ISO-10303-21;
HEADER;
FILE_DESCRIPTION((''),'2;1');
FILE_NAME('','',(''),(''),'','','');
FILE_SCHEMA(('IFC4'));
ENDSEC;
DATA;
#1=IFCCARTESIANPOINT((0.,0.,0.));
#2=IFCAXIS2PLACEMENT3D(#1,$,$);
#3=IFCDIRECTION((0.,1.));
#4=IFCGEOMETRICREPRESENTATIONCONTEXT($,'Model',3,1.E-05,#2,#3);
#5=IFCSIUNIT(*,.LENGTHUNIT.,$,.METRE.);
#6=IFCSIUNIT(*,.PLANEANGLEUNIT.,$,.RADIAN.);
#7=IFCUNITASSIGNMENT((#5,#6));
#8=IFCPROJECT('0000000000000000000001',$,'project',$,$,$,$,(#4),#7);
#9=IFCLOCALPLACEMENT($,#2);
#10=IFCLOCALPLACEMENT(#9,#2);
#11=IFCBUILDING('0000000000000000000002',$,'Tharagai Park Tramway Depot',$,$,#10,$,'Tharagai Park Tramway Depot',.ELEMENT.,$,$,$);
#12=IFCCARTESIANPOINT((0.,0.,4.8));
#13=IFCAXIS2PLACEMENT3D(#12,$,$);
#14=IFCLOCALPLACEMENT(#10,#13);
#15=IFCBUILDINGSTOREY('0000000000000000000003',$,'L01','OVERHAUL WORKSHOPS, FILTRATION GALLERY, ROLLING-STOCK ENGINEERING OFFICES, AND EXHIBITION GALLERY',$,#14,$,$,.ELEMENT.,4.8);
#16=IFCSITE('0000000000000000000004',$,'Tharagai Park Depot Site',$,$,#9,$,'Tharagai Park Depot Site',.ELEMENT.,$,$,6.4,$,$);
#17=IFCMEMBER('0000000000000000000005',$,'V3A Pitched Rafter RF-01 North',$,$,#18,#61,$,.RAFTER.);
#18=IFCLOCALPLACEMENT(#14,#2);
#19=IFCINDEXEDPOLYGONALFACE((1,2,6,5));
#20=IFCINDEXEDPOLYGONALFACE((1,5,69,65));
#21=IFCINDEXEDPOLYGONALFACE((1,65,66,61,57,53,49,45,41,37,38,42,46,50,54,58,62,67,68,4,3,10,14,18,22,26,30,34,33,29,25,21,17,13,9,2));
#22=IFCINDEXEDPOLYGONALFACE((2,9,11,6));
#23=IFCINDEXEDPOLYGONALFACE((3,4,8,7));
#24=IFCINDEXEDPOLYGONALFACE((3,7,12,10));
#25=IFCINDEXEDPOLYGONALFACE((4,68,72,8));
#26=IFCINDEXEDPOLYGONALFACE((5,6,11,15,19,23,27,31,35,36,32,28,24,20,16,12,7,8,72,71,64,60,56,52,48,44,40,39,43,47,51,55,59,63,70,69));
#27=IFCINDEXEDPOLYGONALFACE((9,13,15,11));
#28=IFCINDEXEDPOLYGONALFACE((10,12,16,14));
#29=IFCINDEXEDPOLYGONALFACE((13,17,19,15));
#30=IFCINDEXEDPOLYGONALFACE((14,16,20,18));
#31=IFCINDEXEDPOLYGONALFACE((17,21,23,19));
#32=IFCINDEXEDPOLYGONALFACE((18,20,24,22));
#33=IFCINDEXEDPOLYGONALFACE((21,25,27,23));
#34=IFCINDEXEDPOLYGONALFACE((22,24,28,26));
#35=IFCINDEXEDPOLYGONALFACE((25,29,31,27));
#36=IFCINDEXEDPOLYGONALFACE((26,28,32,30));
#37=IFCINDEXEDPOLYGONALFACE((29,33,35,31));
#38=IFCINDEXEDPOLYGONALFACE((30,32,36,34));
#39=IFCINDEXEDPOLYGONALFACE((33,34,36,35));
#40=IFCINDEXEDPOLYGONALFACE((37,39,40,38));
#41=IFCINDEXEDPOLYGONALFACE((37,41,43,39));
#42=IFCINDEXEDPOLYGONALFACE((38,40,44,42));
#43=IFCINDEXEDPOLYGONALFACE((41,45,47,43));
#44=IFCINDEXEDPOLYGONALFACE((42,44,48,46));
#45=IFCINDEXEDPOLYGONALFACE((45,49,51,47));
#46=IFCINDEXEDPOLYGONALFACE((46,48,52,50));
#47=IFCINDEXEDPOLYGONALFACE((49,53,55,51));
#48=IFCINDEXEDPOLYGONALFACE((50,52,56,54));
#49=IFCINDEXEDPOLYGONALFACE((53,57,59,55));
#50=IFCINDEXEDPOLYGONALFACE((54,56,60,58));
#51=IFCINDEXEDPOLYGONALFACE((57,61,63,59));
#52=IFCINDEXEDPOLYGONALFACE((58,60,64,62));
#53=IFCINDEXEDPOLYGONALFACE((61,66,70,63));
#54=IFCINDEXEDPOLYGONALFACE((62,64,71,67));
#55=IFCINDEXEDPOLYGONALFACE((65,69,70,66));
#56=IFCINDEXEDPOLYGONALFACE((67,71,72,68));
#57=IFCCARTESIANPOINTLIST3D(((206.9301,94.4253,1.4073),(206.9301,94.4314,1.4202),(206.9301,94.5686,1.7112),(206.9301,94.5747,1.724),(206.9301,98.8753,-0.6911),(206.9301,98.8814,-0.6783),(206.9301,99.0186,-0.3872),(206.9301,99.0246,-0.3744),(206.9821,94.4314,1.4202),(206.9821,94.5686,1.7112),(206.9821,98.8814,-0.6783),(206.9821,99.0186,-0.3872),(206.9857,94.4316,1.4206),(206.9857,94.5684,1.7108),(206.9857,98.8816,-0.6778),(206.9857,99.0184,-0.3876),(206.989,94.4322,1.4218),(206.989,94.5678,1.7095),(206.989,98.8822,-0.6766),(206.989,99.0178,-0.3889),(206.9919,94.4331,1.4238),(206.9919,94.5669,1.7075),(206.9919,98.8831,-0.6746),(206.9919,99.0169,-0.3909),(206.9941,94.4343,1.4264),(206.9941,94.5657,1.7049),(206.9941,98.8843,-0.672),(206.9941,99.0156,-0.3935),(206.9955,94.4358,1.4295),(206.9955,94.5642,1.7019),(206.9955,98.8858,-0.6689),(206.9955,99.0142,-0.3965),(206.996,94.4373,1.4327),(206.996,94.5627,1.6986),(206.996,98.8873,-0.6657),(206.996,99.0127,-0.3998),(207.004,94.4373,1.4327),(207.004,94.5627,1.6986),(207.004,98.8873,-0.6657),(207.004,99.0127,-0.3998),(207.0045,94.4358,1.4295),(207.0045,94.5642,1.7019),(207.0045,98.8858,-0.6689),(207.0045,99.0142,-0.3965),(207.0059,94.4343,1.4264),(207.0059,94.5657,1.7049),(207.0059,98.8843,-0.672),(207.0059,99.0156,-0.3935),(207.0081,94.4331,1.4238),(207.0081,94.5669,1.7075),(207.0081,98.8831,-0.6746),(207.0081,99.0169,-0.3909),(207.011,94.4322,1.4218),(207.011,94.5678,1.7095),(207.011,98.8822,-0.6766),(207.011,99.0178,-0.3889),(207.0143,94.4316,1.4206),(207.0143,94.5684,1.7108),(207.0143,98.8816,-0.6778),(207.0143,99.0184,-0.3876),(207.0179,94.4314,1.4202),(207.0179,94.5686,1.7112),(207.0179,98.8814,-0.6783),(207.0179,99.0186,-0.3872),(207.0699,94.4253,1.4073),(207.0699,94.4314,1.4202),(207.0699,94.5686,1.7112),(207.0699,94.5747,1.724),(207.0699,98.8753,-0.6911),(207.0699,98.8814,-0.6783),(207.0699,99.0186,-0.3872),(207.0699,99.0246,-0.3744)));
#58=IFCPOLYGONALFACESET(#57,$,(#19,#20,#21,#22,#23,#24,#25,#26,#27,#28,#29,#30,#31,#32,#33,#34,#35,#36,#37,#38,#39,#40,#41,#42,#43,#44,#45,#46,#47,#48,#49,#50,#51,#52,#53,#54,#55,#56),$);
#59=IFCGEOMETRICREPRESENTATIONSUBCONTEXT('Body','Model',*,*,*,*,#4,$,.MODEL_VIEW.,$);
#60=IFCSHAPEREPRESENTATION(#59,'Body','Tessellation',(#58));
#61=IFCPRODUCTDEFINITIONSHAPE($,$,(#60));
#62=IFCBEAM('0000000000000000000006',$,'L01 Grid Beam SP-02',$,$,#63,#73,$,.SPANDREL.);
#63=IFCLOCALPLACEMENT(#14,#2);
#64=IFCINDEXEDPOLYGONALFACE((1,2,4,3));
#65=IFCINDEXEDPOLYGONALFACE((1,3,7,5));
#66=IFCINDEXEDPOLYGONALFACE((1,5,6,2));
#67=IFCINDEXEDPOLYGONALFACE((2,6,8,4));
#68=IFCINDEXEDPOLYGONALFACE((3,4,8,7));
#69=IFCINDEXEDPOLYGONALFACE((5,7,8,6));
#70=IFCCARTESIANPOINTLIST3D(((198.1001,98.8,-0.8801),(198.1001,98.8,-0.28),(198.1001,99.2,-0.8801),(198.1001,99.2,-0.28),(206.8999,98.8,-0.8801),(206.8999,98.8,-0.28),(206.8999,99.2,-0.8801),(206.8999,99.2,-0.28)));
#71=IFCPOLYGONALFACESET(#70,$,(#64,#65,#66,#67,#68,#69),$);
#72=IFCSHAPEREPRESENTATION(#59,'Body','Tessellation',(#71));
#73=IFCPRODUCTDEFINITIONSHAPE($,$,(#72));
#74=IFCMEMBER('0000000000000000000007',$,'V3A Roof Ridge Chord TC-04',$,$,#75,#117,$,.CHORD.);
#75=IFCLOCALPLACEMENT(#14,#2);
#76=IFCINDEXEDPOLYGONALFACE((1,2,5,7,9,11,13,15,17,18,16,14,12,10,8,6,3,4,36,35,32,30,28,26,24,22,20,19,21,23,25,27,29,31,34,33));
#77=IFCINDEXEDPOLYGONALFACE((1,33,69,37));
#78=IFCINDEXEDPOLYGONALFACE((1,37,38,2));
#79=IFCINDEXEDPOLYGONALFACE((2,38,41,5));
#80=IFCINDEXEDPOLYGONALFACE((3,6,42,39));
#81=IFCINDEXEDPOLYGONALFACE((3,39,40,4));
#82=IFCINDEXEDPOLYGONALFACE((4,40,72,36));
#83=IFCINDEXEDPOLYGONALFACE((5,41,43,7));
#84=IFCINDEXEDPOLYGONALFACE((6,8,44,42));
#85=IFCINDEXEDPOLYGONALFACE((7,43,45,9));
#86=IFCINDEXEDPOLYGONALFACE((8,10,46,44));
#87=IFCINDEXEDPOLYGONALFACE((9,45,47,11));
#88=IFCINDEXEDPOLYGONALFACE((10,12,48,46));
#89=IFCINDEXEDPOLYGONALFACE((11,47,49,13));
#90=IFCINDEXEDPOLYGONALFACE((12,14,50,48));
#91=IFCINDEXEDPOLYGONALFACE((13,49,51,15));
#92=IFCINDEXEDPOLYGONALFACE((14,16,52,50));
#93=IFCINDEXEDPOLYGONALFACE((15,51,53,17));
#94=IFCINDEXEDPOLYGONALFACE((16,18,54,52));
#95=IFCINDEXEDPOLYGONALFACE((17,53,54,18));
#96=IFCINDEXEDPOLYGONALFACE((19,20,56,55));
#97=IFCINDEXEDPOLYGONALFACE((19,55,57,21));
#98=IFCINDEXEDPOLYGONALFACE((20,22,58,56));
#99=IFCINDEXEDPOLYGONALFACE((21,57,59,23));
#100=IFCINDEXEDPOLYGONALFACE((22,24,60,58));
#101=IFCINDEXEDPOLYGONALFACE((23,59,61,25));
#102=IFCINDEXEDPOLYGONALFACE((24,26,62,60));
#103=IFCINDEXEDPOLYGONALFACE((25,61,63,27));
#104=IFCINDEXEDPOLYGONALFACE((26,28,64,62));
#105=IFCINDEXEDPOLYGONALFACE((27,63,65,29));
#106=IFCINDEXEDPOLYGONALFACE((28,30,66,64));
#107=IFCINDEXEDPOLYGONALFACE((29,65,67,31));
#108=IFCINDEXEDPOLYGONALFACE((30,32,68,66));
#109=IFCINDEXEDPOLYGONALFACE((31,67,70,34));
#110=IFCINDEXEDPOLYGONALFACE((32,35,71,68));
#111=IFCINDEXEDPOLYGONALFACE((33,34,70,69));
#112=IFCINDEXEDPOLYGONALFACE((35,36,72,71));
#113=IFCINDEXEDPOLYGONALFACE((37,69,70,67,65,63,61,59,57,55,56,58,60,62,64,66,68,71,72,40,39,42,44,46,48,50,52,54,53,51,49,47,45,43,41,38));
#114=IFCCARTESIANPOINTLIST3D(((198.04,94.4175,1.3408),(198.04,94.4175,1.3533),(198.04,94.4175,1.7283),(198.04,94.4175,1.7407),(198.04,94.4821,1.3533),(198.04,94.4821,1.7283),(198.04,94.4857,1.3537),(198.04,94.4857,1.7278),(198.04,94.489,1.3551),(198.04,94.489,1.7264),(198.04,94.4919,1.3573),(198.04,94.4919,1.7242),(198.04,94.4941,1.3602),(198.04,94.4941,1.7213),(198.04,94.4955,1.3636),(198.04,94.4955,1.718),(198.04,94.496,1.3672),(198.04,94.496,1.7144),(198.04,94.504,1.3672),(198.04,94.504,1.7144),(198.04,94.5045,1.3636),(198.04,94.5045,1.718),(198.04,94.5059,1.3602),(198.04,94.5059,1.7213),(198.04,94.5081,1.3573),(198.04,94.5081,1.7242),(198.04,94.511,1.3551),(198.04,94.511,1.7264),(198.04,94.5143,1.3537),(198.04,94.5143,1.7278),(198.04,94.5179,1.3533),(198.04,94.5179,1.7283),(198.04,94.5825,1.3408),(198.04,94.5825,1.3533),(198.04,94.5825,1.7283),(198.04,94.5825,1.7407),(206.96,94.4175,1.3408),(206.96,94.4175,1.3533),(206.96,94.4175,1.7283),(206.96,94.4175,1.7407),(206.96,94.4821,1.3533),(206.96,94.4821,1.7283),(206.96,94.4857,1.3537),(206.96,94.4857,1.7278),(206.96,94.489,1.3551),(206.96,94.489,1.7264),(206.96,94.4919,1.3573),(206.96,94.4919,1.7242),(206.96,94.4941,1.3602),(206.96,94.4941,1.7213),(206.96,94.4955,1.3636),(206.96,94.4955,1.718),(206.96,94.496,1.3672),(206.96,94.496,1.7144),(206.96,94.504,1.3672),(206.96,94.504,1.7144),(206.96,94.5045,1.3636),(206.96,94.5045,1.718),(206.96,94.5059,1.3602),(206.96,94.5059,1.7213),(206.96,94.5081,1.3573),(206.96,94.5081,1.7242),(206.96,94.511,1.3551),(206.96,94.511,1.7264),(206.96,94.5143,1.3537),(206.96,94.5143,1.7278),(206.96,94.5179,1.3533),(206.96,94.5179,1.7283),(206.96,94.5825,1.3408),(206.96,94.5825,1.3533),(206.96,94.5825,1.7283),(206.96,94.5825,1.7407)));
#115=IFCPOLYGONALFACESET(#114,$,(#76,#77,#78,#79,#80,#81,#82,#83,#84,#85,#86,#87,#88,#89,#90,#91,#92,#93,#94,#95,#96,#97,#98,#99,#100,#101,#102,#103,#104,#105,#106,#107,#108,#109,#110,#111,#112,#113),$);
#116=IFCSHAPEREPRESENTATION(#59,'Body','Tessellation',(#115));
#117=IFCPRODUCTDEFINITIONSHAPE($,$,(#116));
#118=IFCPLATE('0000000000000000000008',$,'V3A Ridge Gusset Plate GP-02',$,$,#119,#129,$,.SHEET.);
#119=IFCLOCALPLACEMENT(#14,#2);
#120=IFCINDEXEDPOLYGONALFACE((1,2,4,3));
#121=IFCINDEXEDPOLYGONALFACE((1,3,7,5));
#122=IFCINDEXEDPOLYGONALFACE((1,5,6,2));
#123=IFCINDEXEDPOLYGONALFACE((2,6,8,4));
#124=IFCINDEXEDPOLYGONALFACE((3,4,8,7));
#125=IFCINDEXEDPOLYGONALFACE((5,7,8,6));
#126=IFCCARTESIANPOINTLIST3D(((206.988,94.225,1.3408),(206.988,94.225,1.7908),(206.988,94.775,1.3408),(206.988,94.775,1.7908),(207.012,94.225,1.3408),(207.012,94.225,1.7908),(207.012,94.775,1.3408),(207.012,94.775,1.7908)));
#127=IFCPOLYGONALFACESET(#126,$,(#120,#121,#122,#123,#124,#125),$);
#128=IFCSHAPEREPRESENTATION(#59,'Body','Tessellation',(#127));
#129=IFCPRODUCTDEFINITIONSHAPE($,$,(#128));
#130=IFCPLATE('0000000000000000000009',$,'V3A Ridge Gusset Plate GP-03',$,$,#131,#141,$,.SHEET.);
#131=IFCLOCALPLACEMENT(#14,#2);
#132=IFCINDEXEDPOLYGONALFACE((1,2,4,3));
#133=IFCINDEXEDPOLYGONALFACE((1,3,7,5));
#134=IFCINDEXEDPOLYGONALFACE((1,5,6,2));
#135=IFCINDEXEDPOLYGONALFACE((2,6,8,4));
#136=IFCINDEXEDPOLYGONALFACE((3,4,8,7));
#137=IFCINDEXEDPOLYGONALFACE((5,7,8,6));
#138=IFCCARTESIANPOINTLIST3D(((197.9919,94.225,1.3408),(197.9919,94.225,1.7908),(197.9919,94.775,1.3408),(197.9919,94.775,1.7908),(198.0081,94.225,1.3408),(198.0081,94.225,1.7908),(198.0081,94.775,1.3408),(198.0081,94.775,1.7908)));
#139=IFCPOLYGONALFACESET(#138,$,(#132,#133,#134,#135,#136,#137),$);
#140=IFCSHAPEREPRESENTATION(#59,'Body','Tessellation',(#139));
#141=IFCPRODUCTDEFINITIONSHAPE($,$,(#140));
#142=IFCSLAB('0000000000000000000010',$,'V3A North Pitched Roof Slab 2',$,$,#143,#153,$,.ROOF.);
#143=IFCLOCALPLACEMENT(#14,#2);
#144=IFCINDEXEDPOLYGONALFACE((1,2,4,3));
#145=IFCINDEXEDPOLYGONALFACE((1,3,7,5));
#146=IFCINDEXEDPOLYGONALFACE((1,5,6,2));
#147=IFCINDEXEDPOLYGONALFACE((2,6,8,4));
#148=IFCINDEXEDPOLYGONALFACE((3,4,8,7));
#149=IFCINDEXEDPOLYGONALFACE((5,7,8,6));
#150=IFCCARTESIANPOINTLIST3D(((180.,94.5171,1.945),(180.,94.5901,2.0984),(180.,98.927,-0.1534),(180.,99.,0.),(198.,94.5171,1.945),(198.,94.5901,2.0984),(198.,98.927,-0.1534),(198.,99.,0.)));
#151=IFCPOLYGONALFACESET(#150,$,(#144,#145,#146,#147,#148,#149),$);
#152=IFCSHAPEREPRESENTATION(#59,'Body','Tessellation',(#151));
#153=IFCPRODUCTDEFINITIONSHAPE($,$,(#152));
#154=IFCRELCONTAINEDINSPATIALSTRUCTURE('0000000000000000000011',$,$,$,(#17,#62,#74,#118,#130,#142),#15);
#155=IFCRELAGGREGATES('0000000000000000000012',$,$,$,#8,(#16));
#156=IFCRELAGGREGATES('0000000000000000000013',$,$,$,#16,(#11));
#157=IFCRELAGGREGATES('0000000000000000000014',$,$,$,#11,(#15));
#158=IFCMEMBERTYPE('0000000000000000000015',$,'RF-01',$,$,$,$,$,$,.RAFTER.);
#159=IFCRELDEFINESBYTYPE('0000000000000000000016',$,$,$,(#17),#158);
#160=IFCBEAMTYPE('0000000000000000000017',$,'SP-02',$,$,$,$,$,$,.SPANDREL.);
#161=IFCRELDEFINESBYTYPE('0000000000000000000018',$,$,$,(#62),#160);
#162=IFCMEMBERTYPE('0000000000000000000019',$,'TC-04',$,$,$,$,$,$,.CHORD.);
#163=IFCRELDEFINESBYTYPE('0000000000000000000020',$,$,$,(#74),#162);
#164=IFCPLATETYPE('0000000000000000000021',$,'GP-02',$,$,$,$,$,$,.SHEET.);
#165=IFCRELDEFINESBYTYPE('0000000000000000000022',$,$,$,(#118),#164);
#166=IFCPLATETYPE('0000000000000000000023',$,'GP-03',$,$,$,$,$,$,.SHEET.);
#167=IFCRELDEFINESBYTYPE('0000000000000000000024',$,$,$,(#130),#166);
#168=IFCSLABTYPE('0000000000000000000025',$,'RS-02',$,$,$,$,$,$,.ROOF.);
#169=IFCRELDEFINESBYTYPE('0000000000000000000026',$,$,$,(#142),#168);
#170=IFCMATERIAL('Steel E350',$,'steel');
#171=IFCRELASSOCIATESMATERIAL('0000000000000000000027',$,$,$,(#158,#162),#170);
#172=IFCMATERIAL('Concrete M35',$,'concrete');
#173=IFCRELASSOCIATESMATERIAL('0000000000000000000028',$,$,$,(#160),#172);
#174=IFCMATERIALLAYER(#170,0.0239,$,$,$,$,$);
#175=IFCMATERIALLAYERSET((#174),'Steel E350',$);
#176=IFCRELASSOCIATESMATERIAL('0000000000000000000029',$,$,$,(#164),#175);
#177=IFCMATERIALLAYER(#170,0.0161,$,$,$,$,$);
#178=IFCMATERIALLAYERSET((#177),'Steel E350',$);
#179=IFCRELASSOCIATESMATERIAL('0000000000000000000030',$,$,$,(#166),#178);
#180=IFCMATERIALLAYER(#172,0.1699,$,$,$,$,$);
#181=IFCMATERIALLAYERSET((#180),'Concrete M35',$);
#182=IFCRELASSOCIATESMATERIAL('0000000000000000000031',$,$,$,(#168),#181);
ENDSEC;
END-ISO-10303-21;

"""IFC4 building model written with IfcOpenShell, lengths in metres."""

from ifc_helpers import new_model, si_unit, direction, frame, origin, origin_2d, place, context, subcontext, project, spatial, polyline, rectangle, i_section, outline, extrude, material, layer, layer_set, material_profile, profile_set, type_object, element, save


model = new_model("IFC4")

# Units and contexts
model_context = context("Model", 3, precision=1e-05, world=origin(), true_north=direction((0.0, 1.0)))
body_context = subcontext(model_context, "Body", "Model", "MODEL_VIEW")
ifc_project = project(units=[si_unit("LENGTHUNIT", "METRE"), si_unit("PLANEANGLEUNIT", "RADIAN")], contexts=[model_context])

# Site, building, storey
site_placement = place(None, origin())
site = spatial("IfcSite", under=ifc_project, at=site_placement, Name="Tharagai Park Depot Site", LongName="Tharagai Park Depot Site", CompositionType="ELEMENT", RefElevation=6.4)
building_placement = place(site_placement, origin())
building = spatial("IfcBuilding", under=site, at=building_placement, Name="Tharagai Park Tramway Depot", LongName="Tharagai Park Tramway Depot", CompositionType="ELEMENT")
storey_placement = place(building_placement, frame((0.0, 0.0, 4.8)))
storey = spatial("IfcBuildingStorey", under=building, at=storey_placement, Name="L01", Description="OVERHAUL WORKSHOPS, FILTRATION GALLERY, ROLLING-STOCK ENGINEERING OFFICES, AND EXHIBITION GALLERY", CompositionType="ELEMENT", Elevation=4.8)

# Shared definitions
ifc_material_1 = material(Name="Steel E350", Category="steel")

# Member
ifc_material_profile_1 = material_profile(ifc_material_1, i_section(OverallWidth=0.1399, OverallDepth=0.3501, WebThickness=0.0081, FlangeThickness=0.0142, FilletRadius=0.0139, at=origin_2d()), Name="ISMB 350")
ifc_profile_set_1 = profile_set([ifc_material_profile_1], Name="Steel E350")
member_type_1 = type_object("IfcMemberType", Name="RF-01", PredefinedType="RAFTER", material=ifc_profile_set_1)
for number, where, z_axis, x_axis, name in (
    (1, (207.0, 94.5, 1.5657), (0.0, 0.904482, -0.426511), (-1.0, 0.0, 0.0), "V3A Pitched Rafter RF-01 North"),
):
    element("IfcMember", number, at=place(storey_placement, frame(where, z_axis=z_axis, x_axis=x_axis)), inside=storey, type_object=member_type_1, Name=name, PredefinedType="RAFTER", context=body_context, shape_type="SweptSolid", body=[
        extrude(i_section(OverallWidth=0.1399, OverallDepth=0.3501, WebThickness=0.0081, FlangeThickness=0.0142, FilletRadius=0.0139, at=origin_2d()), origin(), (0.0, 0.0, 1.0), 4.9199),
    ])

# Beam
ifc_material_2 = material(Name="Concrete M35", Category="concrete")
ifc_material_profile_2 = material_profile(ifc_material_2, rectangle(XDim=0.3999, YDim=0.6001, at=origin_2d()), Name="RC 400x600")
ifc_profile_set_2 = profile_set([ifc_material_profile_2], Name="Concrete M35")
beam_type = type_object("IfcBeamType", Name="SP-02", PredefinedType="SPANDREL", material=ifc_profile_set_2)
beam_placement = place(storey_placement, frame((198.1001, 99.0, -0.5801), z_axis=(1.0, 0.0, 0.0), x_axis=(0.0, 1.0, 0.0)))
element("IfcBeam", 2, at=beam_placement, inside=storey, type_object=beam_type, Name="L01 Grid Beam SP-02", PredefinedType="SPANDREL", context=body_context, shape_type="SweptSolid", body=[
    extrude(rectangle(XDim=0.3999, YDim=0.6001, at=origin_2d()), origin(), (0.0, 0.0, 1.0), 8.7998),
])

# Member
ifc_material_profile_3 = material_profile(ifc_material_1, i_section(OverallWidth=0.165, OverallDepth=0.3999, WebThickness=0.0081, FlangeThickness=0.0125, FilletRadius=0.0139, at=origin_2d()), Name="ISLB 400")
ifc_profile_set_3 = profile_set([ifc_material_profile_3], Name="Steel E350")
member_type_2 = type_object("IfcMemberType", Name="TC-04", PredefinedType="CHORD", material=ifc_profile_set_3)
member_1_placement = place(storey_placement, frame((198.04, 94.5, 1.5408), z_axis=(1.0, 0.0, 0.0), x_axis=(0.0, 1.0, 0.0)))
element("IfcMember", 3, at=member_1_placement, inside=storey, type_object=member_type_2, Name="V3A Roof Ridge Chord TC-04", PredefinedType="CHORD", context=body_context, shape_type="SweptSolid", body=[
    extrude(i_section(OverallWidth=0.165, OverallDepth=0.3999, WebThickness=0.0081, FlangeThickness=0.0125, FilletRadius=0.0139, at=origin_2d()), origin(), (0.0, 0.0, 1.0), 8.9199),
])

# Plates
ifc_layer_1 = layer(ifc_material_1, 0.0239)
ifc_layer_set_1 = layer_set([ifc_layer_1], Name="Steel E350")
plate_type_1 = type_object("IfcPlateType", Name="GP-02", PredefinedType="SHEET", material=ifc_layer_set_1)
plate_1_placement = place(storey_placement, frame((207.0, 94.5, 1.3408), z_axis=(0.0, 0.0, 1.0), x_axis=(1.0, 0.0, 0.0)))
element("IfcPlate", 4, at=plate_1_placement, inside=storey, type_object=plate_type_1, Name="V3A Ridge Gusset Plate GP-02", PredefinedType="SHEET", context=body_context, shape_type="SweptSolid", body=[
    extrude(rectangle(XDim=0.0239, YDim=0.55, at=origin_2d()), origin(), (0.0, 0.0, 1.0), 0.45),
])
ifc_layer_2 = layer(ifc_material_1, 0.0161)
ifc_layer_set_2 = layer_set([ifc_layer_2], Name="Steel E350")
plate_type_2 = type_object("IfcPlateType", Name="GP-03", PredefinedType="SHEET", material=ifc_layer_set_2)
plate_2_placement = place(storey_placement, frame((198.0, 94.5, 1.3408), z_axis=(0.0, 0.0, 1.0), x_axis=(1.0, 0.0, 0.0)))
element("IfcPlate", 5, at=plate_2_placement, inside=storey, type_object=plate_type_2, Name="V3A Ridge Gusset Plate GP-03", PredefinedType="SHEET", context=body_context, shape_type="SweptSolid", body=[
    extrude(rectangle(XDim=0.0161, YDim=0.55, at=origin_2d()), origin(), (0.0, 0.0, 1.0), 0.45),
])

# Slab
ifc_layer_3 = layer(ifc_material_2, 0.1699)
ifc_layer_set_3 = layer_set([ifc_layer_3], Name="Concrete M35")
slab_type = type_object("IfcSlabType", Name="RS-02", PredefinedType="ROOF", material=ifc_layer_set_3)
slab_placement = place(storey_placement, frame((198.0, 99.0, 0.0), z_axis=(0.0, 0.429672, 0.902985), x_axis=(-1.0, 0.0, 0.0)))
element("IfcSlab", 6, at=slab_placement, inside=storey, type_object=slab_type, Name="V3A North Pitched Roof Slab 2", PredefinedType="ROOF", context=body_context, shape_type="SweptSolid", body=[
    extrude(outline(polyline([(0.0, 0.0), (18.0, 0.0), (18.0, 4.8837), (0.0, 4.8837), (0.0, 0.0)])), origin(), (0.0, 0.0, -1.0), 0.1699),
])

save(model, "model.ifc")
